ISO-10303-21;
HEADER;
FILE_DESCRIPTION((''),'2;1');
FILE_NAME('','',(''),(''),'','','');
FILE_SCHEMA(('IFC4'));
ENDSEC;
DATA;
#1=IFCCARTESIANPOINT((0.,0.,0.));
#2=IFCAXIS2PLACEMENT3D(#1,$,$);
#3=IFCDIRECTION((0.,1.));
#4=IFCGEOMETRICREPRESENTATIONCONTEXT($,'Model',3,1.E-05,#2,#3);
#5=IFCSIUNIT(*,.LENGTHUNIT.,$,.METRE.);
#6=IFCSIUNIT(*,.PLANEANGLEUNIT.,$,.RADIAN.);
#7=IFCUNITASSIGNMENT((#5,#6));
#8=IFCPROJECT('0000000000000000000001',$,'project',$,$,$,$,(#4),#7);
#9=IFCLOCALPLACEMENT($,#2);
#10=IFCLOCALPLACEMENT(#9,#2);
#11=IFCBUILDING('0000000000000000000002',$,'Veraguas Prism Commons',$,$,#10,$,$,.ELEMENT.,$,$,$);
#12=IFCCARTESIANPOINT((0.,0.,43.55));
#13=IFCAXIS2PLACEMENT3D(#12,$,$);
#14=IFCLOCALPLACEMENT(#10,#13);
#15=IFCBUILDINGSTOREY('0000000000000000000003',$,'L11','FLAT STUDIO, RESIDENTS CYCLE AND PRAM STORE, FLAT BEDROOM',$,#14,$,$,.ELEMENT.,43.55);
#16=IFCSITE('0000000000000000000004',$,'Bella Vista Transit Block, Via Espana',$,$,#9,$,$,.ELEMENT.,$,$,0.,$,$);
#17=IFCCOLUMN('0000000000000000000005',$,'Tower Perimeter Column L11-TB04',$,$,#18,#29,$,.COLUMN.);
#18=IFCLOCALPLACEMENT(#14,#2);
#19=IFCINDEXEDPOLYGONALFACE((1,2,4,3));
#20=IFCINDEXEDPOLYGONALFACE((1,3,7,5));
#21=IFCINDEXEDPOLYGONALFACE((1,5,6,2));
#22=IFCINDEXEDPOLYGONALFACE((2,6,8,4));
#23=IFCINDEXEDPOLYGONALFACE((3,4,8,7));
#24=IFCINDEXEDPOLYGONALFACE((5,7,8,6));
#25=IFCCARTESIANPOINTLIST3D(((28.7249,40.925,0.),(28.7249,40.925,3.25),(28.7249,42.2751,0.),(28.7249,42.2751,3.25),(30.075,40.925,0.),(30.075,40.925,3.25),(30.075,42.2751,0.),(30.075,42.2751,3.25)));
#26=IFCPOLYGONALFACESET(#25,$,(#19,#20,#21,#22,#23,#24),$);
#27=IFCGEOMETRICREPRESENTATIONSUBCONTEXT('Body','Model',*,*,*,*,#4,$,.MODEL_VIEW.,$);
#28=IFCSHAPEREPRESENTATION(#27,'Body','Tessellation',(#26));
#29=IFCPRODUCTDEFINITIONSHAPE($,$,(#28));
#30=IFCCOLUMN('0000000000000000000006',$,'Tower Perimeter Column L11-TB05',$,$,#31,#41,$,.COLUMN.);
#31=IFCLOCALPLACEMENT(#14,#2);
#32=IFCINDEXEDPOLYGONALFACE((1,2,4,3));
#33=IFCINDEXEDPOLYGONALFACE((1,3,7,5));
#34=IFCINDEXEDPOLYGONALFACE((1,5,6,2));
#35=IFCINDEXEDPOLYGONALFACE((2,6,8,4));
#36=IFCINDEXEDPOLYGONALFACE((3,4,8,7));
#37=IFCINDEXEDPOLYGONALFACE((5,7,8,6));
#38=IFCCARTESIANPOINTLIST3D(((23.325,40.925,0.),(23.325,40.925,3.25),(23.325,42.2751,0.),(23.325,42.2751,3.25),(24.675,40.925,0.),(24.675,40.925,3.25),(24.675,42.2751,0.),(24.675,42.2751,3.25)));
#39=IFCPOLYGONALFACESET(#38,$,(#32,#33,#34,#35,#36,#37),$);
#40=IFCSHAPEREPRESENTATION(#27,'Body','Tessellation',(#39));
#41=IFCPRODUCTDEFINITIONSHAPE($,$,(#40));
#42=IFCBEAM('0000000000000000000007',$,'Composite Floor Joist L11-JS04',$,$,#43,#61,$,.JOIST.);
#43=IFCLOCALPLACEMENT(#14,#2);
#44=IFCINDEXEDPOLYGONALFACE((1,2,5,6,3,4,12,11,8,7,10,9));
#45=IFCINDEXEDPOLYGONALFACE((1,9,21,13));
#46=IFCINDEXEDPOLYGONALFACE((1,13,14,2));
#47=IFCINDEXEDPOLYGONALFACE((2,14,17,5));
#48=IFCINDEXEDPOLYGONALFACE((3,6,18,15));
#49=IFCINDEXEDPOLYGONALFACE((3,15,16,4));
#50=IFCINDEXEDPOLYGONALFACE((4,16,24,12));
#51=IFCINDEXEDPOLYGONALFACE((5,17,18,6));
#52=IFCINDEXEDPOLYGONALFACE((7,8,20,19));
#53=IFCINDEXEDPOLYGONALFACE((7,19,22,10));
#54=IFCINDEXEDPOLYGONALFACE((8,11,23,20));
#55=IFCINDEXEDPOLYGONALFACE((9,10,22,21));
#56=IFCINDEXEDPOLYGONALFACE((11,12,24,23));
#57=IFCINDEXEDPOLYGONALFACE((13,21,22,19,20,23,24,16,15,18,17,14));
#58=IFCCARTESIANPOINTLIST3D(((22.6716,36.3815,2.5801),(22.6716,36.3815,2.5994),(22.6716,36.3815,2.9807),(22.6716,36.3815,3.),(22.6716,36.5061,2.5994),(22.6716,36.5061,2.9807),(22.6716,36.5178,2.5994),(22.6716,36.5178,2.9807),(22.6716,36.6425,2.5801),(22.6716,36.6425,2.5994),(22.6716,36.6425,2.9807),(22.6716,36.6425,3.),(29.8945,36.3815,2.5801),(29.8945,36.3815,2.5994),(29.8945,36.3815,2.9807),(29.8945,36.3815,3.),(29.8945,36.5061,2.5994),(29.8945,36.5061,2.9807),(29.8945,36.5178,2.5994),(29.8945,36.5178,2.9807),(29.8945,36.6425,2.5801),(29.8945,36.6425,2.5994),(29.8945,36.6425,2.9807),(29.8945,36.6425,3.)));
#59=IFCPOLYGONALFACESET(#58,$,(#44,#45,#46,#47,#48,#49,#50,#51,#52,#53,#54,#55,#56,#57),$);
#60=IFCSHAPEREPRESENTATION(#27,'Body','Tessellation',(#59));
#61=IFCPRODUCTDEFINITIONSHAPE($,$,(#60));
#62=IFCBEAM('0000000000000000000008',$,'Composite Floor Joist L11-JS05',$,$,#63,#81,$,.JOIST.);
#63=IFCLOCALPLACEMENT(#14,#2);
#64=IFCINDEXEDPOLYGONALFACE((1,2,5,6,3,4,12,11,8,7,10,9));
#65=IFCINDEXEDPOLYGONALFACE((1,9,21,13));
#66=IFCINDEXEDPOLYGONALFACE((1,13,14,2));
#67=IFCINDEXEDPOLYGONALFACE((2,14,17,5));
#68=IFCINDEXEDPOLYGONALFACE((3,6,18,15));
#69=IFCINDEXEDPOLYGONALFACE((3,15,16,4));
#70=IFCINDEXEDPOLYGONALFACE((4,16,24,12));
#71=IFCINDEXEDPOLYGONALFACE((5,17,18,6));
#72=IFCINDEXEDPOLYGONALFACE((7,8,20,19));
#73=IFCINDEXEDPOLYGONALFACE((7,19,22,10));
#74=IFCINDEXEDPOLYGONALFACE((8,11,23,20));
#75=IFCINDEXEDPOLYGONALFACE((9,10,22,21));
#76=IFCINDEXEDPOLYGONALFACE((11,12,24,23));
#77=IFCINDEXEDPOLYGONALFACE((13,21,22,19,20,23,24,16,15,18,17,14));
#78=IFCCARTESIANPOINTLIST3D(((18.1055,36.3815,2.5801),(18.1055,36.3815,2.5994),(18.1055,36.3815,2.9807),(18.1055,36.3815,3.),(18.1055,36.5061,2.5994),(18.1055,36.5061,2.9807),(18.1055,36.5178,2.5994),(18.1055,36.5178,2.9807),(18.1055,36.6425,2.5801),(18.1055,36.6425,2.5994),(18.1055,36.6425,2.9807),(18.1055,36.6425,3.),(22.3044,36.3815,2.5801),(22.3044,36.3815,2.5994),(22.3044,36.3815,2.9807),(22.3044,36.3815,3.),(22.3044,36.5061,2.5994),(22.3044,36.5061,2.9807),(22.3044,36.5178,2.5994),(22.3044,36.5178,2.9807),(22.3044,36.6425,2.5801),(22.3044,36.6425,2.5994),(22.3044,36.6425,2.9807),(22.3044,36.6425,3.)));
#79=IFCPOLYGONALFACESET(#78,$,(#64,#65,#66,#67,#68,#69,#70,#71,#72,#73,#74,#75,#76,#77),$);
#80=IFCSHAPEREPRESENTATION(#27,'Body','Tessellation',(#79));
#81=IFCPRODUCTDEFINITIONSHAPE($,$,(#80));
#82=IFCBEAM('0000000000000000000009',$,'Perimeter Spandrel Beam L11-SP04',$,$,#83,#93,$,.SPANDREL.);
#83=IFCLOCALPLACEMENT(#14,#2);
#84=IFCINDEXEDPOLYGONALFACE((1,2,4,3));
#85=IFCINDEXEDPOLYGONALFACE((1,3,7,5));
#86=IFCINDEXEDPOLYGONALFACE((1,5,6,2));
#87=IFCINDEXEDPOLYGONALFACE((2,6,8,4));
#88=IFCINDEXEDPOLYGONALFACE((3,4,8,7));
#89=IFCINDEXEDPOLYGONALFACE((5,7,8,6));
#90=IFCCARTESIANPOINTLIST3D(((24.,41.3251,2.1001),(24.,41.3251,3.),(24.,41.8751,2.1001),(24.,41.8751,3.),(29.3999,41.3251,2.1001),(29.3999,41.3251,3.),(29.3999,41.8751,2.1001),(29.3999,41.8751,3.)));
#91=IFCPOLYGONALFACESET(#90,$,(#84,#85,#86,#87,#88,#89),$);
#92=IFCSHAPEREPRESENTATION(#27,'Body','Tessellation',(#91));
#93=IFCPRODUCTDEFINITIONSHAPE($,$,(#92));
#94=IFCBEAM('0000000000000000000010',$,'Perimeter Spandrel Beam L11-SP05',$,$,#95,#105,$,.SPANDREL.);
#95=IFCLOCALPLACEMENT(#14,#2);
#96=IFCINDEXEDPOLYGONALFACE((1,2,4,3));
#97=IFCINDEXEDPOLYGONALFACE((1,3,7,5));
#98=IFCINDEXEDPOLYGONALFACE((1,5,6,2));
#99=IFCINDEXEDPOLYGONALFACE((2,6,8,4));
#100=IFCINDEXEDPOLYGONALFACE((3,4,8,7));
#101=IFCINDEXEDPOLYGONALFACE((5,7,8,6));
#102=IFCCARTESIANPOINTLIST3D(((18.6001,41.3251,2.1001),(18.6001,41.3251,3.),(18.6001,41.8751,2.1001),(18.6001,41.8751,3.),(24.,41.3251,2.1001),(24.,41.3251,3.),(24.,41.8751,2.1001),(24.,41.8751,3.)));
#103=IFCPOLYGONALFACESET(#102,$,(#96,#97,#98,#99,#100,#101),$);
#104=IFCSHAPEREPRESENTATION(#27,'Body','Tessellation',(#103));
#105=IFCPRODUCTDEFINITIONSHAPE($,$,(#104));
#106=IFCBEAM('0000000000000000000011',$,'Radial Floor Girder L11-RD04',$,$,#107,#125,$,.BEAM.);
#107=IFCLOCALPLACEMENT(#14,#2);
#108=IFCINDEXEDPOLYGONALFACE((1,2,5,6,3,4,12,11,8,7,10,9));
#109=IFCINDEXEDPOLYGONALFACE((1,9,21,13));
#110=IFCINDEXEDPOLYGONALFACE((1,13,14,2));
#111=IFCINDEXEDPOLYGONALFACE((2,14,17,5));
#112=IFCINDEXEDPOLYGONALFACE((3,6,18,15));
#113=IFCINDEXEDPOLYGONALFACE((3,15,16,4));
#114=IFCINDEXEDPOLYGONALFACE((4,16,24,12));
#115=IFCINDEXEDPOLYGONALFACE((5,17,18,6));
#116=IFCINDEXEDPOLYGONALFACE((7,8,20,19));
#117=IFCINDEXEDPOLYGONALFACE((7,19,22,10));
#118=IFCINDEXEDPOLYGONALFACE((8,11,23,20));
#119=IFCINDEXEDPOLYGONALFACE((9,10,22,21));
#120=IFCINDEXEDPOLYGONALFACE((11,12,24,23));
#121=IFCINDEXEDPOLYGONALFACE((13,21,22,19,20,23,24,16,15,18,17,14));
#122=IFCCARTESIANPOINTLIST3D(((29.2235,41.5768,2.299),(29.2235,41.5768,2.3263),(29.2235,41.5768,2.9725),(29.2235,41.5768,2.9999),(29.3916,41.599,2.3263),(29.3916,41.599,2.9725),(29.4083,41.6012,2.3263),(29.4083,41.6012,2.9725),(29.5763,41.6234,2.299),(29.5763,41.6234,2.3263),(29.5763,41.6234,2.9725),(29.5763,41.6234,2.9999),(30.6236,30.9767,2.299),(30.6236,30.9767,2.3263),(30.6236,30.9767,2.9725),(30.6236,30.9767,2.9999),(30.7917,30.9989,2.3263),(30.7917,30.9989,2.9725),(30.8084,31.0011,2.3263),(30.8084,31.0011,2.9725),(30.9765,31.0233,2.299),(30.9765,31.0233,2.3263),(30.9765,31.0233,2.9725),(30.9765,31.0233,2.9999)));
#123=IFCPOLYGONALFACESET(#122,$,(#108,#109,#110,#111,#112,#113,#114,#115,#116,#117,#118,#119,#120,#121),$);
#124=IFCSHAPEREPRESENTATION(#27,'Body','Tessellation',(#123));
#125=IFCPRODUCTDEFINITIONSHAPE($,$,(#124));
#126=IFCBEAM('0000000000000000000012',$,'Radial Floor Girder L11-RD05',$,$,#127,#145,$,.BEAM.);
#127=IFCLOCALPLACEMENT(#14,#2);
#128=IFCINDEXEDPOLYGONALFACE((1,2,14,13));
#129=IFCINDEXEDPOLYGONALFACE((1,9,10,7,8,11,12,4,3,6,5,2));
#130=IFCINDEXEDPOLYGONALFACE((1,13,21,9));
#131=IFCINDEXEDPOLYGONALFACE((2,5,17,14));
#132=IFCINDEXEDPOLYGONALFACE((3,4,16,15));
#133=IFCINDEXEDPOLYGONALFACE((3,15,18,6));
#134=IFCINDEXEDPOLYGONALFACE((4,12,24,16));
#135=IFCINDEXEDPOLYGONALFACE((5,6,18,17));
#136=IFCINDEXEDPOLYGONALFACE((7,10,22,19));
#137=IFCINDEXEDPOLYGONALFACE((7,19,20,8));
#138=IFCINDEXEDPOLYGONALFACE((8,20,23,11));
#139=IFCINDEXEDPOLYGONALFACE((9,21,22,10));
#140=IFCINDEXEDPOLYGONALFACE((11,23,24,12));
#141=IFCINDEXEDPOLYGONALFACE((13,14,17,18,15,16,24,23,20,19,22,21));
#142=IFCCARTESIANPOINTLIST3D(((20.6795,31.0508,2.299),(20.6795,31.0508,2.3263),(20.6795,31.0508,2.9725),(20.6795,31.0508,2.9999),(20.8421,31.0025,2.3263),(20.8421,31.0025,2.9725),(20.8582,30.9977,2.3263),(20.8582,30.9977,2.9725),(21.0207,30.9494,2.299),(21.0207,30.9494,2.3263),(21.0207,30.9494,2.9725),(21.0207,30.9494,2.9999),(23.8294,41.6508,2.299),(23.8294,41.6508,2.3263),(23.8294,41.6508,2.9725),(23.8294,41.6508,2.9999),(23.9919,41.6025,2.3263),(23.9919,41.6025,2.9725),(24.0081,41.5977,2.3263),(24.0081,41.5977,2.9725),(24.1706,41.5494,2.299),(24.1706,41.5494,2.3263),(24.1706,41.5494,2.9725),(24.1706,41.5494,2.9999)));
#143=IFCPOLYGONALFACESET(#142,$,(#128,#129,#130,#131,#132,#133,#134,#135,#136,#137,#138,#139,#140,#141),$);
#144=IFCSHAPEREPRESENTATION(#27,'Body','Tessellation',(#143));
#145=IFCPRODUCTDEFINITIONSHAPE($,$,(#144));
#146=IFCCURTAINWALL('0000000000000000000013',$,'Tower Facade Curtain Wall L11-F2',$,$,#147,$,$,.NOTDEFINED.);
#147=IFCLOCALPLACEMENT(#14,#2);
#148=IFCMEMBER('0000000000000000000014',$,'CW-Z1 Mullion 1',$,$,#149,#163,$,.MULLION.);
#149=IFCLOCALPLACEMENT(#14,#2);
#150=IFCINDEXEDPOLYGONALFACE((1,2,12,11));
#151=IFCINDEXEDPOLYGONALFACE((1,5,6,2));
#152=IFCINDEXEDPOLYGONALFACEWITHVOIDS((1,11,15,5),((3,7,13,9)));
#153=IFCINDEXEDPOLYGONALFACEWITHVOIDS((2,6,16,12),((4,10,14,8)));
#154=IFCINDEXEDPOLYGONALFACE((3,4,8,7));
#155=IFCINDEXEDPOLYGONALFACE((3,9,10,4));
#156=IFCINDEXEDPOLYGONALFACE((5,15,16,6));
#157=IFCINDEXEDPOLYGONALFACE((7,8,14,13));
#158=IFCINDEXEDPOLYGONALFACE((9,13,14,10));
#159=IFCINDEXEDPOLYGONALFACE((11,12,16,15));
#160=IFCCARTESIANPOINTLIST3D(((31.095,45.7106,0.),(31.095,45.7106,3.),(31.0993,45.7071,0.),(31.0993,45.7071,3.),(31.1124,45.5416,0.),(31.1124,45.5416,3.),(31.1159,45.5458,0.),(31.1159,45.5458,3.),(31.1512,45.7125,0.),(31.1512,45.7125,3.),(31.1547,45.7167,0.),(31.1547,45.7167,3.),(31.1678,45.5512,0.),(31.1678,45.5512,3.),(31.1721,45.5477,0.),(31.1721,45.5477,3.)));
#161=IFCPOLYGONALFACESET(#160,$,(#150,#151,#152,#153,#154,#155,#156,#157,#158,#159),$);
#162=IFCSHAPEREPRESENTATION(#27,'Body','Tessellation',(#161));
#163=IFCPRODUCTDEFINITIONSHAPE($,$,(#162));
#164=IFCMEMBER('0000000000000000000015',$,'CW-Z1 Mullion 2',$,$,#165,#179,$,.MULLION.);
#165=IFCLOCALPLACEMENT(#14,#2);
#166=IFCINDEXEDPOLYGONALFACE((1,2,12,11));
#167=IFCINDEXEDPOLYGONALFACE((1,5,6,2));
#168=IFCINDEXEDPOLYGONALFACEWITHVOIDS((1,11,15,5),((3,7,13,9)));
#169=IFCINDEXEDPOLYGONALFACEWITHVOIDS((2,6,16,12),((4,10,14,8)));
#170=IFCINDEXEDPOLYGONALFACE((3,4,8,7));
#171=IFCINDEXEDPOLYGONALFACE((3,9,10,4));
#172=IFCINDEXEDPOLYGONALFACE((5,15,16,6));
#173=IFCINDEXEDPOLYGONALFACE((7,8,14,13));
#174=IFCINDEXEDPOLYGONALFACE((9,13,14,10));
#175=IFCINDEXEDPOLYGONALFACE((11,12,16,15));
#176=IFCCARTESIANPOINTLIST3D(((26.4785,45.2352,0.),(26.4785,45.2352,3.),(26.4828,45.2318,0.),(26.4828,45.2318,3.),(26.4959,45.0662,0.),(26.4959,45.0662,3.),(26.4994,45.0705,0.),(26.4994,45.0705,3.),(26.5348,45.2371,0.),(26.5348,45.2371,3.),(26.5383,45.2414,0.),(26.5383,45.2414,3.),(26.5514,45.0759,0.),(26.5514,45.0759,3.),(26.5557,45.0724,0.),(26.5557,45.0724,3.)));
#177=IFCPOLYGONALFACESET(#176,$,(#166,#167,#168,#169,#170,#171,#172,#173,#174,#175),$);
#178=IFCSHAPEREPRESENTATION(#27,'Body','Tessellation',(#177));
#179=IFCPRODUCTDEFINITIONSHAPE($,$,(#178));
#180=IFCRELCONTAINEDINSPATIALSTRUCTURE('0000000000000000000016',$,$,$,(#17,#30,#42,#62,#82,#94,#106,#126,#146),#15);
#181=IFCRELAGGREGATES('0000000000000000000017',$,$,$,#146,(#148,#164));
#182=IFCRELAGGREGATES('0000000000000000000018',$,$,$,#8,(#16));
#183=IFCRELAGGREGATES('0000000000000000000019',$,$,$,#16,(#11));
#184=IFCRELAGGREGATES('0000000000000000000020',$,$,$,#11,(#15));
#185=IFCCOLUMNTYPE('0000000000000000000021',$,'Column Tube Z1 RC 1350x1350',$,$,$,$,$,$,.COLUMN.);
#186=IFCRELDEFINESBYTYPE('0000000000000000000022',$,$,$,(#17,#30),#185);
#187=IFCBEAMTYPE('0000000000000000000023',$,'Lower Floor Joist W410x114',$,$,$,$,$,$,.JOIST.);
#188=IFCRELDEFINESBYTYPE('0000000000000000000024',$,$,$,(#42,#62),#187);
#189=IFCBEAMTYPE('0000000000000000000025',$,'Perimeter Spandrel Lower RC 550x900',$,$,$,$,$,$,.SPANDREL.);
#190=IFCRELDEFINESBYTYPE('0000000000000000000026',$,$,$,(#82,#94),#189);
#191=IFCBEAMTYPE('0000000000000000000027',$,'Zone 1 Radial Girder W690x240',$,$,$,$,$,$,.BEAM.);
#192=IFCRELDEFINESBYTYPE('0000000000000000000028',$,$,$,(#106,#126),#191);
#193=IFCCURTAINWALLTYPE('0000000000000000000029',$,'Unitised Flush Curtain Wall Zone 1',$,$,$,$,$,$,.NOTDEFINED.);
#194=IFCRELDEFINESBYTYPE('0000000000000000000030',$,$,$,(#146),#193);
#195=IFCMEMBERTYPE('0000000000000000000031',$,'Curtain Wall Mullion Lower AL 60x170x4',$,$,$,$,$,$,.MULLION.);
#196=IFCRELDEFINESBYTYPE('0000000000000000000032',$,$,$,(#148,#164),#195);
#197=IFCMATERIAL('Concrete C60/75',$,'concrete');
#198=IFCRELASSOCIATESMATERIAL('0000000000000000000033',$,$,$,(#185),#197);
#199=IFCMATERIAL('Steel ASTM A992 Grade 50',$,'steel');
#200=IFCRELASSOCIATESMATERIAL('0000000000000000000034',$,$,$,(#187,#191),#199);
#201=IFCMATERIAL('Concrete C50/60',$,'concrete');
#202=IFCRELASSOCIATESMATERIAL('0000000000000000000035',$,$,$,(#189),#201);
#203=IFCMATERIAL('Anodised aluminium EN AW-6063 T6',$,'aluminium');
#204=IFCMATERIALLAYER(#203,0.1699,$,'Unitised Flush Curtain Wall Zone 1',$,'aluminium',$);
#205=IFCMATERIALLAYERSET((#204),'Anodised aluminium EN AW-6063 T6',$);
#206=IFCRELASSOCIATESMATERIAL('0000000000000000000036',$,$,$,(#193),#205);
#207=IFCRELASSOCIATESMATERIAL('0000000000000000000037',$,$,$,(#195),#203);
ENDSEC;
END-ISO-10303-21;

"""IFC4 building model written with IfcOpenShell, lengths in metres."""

from ifc_helpers import new_model, si_unit, direction, frame, origin, origin_2d, place, context, subcontext, project, spatial, rectangle, hollow_rectangle, i_section, extrude, source, transform, mapped, material, layer, layer_set, material_profile, profile_set, type_object, element, aggregate, save


model = new_model("IFC4")

# Units and contexts
model_context = context("Model", 3, precision=1e-05, world=origin(), true_north=direction((0.0, 1.0)))
body_context = subcontext(model_context, "Body", "Model", "MODEL_VIEW")
ifc_project = project(units=[si_unit("LENGTHUNIT", "METRE"), si_unit("PLANEANGLEUNIT", "RADIAN")], contexts=[model_context])

# Site, building, storey
site_placement = place(None, origin())
site = spatial("IfcSite", under=ifc_project, at=site_placement, Name="Bella Vista Transit Block, Via Espana", CompositionType="ELEMENT", RefElevation=0.0)
building_placement = place(site_placement, origin())
building = spatial("IfcBuilding", under=site, at=building_placement, Name="Veraguas Prism Commons", CompositionType="ELEMENT")
storey_placement = place(building_placement, frame((0.0, 0.0, 43.55)))
storey = spatial("IfcBuildingStorey", under=building, at=storey_placement, Name="L11", Description="FLAT STUDIO, RESIDENTS CYCLE AND PRAM STORE, FLAT BEDROOM", CompositionType="ELEMENT", Elevation=43.55)

# Columns
ifc_material_1 = material(Name="Concrete C60/75", Category="concrete")
ifc_material_profile_1 = material_profile(ifc_material_1, rectangle(XDim=1.3501, YDim=1.3501, at=origin_2d()), Name="RC1350X1350")
ifc_profile_set_1 = profile_set([ifc_material_profile_1], Name="Concrete C60/75")
column_type = type_object("IfcColumnType", Name="Column Tube Z1 RC 1350x1350", PredefinedType="COLUMN", material=ifc_profile_set_1)
for number, where, z_axis, x_axis, name in (
    (1, (29.3999, 41.6001, 0.0), (0.0, 0.0, 1.0), (1.0, 0.0, 0.0), "Tower Perimeter Column L11-TB04"),
    (2, (24.0, 41.6001, 0.0), (0.0, 0.0, 1.0), (1.0, 0.0, 0.0), "Tower Perimeter Column L11-TB05"),
):
    element("IfcColumn", number, at=place(storey_placement, frame(where, z_axis=z_axis, x_axis=x_axis)), inside=storey, type_object=column_type, Name=name, PredefinedType="COLUMN", context=body_context, shape_type="SweptSolid", body=[
        extrude(rectangle(XDim=1.3501, YDim=1.3501, at=origin_2d()), origin(), (0.0, 0.0, 1.0), 3.25),
    ])

# Beams
ifc_material_2 = material(Name="Steel ASTM A992 Grade 50", Category="steel")
ifc_material_profile_2 = material_profile(ifc_material_2, i_section(OverallWidth=0.261, OverallDepth=0.4199, WebThickness=0.0117, FlangeThickness=0.0193, at=origin_2d()), Name="W410X114")
ifc_profile_set_2 = profile_set([ifc_material_profile_2], Name="Steel ASTM A992 Grade 50")
beam_type_1 = type_object("IfcBeamType", Name="Lower Floor Joist W410x114", PredefinedType="JOIST", material=ifc_profile_set_2)
beam_1_placement = place(storey_placement, frame((29.8945, 36.512, 2.79), z_axis=(-1.0, 0.0, 0.0), x_axis=(0.0, -1.0, 0.0)))
element("IfcBeam", 3, at=beam_1_placement, inside=storey, type_object=beam_type_1, Name="Composite Floor Joist L11-JS04", PredefinedType="JOIST", context=body_context, shape_type="SweptSolid", body=[
    extrude(i_section(OverallWidth=0.261, OverallDepth=0.4199, WebThickness=0.0117, FlangeThickness=0.0193, at=origin_2d()), origin(), (0.0, 0.0, 1.0), 7.2229),
])
beam_2_placement = place(storey_placement, frame((22.3044, 36.512, 2.79), z_axis=(-1.0, 0.0, 0.0), x_axis=(0.0, -1.0, 0.0)))
element("IfcBeam", 4, at=beam_2_placement, inside=storey, type_object=beam_type_1, Name="Composite Floor Joist L11-JS05", PredefinedType="JOIST", context=body_context, shape_type="SweptSolid", body=[
    extrude(i_section(OverallWidth=0.261, OverallDepth=0.4199, WebThickness=0.0117, FlangeThickness=0.0193, at=origin_2d()), origin(), (0.0, 0.0, 1.0), 4.199),
])
ifc_material_3 = material(Name="Concrete C50/60", Category="concrete")
ifc_material_profile_3 = material_profile(ifc_material_3, rectangle(XDim=0.55, YDim=0.8999, at=origin_2d()), Name="RC550X900")
ifc_profile_set_3 = profile_set([ifc_material_profile_3], Name="Concrete C50/60")
beam_type_2 = type_object("IfcBeamType", Name="Perimeter Spandrel Lower RC 550x900", PredefinedType="SPANDREL", material=ifc_profile_set_3)
for number, where, z_axis, x_axis, name in (
    (5, (29.3999, 41.6001, 2.55), (-1.0, 0.0, 0.0), (0.0, -1.0, 0.0), "Perimeter Spandrel Beam L11-SP04"),
    (6, (24.0, 41.6001, 2.55), (-1.0, 0.0, 0.0), (0.0, -1.0, 0.0), "Perimeter Spandrel Beam L11-SP05"),
):
    element("IfcBeam", number, at=place(storey_placement, frame(where, z_axis=z_axis, x_axis=x_axis)), inside=storey, type_object=beam_type_2, Name=name, PredefinedType="SPANDREL", context=body_context, shape_type="SweptSolid", body=[
        extrude(rectangle(XDim=0.55, YDim=0.8999, at=origin_2d()), origin(), (0.0, 0.0, 1.0), 5.3999),
    ])
ifc_material_profile_4 = material_profile(ifc_material_2, i_section(OverallWidth=0.356, OverallDepth=0.7009, WebThickness=0.0168, FlangeThickness=0.0273, at=origin_2d()), Name="W690X240")
ifc_profile_set_4 = profile_set([ifc_material_profile_4], Name="Steel ASTM A992 Grade 50")
beam_type_3 = type_object("IfcBeamType", Name="Zone 1 Radial Girder W690x240", PredefinedType="BEAM", material=ifc_profile_set_4)
beam_3_placement = place(storey_placement, frame((29.3999, 41.6001, 2.6494), z_axis=(0.130951, -0.991389, 0.0), x_axis=(0.991389, 0.130951, 0.0)))
element("IfcBeam", 7, at=beam_3_placement, inside=storey, type_object=beam_type_3, Name="Radial Floor Girder L11-RD04", PredefinedType="BEAM", context=body_context, shape_type="SweptSolid", body=[
    extrude(i_section(OverallWidth=0.356, OverallDepth=0.7009, WebThickness=0.0168, FlangeThickness=0.0273, at=origin_2d()), origin(), (0.0, 0.0, 1.0), 10.6921),
])
beam_4_placement = place(storey_placement, frame((24.0, 41.6001, 2.6494), z_axis=(-0.284847, -0.958573, 0.0), x_axis=(0.958573, -0.284847, 0.0)))
element("IfcBeam", 8, at=beam_4_placement, inside=storey, type_object=beam_type_3, Name="Radial Floor Girder L11-RD05", PredefinedType="BEAM", context=body_context, shape_type="SweptSolid", body=[
    extrude(i_section(OverallWidth=0.356, OverallDepth=0.7009, WebThickness=0.0168, FlangeThickness=0.0273, at=origin_2d()), origin(), (0.0, 0.0, 1.0), 11.0581),
])

# Curtain wall, members
ifc_material_4 = material(Name="Anodised aluminium EN AW-6063 T6", Category="aluminium")
ifc_layer_1 = layer(ifc_material_4, 0.1699, Name="Unitised Flush Curtain Wall Zone 1", Category="aluminium")
ifc_layer_set_1 = layer_set([ifc_layer_1], Name="Anodised aluminium EN AW-6063 T6")
curtain_wall_type = type_object("IfcCurtainWallType", Name="Unitised Flush Curtain Wall Zone 1", PredefinedType="NOTDEFINED", material=ifc_layer_set_1)
curtain_wall_placement = place(storey_placement, origin())
curtain_wall = element("IfcCurtainWall", 9, at=curtain_wall_placement, inside=storey, type_object=curtain_wall_type, Name="Tower Facade Curtain Wall L11-F2", PredefinedType="NOTDEFINED")
ifc_material_profile_5 = material_profile(ifc_material_4, hollow_rectangle(XDim=0.0601, YDim=0.1699, WallThickness=0.0039, at=origin_2d()), Name="AL60X170X4")
ifc_profile_set_5 = profile_set([ifc_material_profile_5], Name="Anodised aluminium EN AW-6063 T6")
member_type_1 = type_object("IfcMemberType", Name="Curtain Wall Mullion Lower AL 60x170x4", PredefinedType="MULLION", material=ifc_profile_set_5)
shared_shape_1 = source(origin(), body_context, "Body", "SweptSolid", [
    extrude(hollow_rectangle(XDim=0.0601, YDim=0.1699, WallThickness=0.0039, at=origin_2d()), origin(), (0.0, 0.0, 1.0), 3.0),
])
member_1_placement = place(storey_placement, frame((31.1335, 45.6292, 0.0), z_axis=(0.0, 0.0, 1.0), x_axis=(-0.994738, -0.102447, 0.0)))
member_1 = element("IfcMember", 10, at=member_1_placement, type_object=member_type_1, Name="CW-Z1 Mullion 1", PredefinedType="MULLION", context=body_context, shape_type="MappedRepresentation", body=[
    mapped(shared_shape_1, transform((0.0, 0.0, 0.0), scale=1.0)),
])
member_2_placement = place(storey_placement, frame((26.5171, 45.1538, 0.0), z_axis=(0.0, 0.0, 1.0), x_axis=(-0.994738, -0.102447, 0.0)))
member_2 = element("IfcMember", 11, at=member_2_placement, type_object=member_type_1, Name="CW-Z1 Mullion 2", PredefinedType="MULLION", context=body_context, shape_type="MappedRepresentation", body=[
    mapped(shared_shape_1, transform((0.0, 0.0, 0.0), scale=1.0)),
])
aggregate(curtain_wall, [member_1, member_2])

save(model, "model.ifc")
